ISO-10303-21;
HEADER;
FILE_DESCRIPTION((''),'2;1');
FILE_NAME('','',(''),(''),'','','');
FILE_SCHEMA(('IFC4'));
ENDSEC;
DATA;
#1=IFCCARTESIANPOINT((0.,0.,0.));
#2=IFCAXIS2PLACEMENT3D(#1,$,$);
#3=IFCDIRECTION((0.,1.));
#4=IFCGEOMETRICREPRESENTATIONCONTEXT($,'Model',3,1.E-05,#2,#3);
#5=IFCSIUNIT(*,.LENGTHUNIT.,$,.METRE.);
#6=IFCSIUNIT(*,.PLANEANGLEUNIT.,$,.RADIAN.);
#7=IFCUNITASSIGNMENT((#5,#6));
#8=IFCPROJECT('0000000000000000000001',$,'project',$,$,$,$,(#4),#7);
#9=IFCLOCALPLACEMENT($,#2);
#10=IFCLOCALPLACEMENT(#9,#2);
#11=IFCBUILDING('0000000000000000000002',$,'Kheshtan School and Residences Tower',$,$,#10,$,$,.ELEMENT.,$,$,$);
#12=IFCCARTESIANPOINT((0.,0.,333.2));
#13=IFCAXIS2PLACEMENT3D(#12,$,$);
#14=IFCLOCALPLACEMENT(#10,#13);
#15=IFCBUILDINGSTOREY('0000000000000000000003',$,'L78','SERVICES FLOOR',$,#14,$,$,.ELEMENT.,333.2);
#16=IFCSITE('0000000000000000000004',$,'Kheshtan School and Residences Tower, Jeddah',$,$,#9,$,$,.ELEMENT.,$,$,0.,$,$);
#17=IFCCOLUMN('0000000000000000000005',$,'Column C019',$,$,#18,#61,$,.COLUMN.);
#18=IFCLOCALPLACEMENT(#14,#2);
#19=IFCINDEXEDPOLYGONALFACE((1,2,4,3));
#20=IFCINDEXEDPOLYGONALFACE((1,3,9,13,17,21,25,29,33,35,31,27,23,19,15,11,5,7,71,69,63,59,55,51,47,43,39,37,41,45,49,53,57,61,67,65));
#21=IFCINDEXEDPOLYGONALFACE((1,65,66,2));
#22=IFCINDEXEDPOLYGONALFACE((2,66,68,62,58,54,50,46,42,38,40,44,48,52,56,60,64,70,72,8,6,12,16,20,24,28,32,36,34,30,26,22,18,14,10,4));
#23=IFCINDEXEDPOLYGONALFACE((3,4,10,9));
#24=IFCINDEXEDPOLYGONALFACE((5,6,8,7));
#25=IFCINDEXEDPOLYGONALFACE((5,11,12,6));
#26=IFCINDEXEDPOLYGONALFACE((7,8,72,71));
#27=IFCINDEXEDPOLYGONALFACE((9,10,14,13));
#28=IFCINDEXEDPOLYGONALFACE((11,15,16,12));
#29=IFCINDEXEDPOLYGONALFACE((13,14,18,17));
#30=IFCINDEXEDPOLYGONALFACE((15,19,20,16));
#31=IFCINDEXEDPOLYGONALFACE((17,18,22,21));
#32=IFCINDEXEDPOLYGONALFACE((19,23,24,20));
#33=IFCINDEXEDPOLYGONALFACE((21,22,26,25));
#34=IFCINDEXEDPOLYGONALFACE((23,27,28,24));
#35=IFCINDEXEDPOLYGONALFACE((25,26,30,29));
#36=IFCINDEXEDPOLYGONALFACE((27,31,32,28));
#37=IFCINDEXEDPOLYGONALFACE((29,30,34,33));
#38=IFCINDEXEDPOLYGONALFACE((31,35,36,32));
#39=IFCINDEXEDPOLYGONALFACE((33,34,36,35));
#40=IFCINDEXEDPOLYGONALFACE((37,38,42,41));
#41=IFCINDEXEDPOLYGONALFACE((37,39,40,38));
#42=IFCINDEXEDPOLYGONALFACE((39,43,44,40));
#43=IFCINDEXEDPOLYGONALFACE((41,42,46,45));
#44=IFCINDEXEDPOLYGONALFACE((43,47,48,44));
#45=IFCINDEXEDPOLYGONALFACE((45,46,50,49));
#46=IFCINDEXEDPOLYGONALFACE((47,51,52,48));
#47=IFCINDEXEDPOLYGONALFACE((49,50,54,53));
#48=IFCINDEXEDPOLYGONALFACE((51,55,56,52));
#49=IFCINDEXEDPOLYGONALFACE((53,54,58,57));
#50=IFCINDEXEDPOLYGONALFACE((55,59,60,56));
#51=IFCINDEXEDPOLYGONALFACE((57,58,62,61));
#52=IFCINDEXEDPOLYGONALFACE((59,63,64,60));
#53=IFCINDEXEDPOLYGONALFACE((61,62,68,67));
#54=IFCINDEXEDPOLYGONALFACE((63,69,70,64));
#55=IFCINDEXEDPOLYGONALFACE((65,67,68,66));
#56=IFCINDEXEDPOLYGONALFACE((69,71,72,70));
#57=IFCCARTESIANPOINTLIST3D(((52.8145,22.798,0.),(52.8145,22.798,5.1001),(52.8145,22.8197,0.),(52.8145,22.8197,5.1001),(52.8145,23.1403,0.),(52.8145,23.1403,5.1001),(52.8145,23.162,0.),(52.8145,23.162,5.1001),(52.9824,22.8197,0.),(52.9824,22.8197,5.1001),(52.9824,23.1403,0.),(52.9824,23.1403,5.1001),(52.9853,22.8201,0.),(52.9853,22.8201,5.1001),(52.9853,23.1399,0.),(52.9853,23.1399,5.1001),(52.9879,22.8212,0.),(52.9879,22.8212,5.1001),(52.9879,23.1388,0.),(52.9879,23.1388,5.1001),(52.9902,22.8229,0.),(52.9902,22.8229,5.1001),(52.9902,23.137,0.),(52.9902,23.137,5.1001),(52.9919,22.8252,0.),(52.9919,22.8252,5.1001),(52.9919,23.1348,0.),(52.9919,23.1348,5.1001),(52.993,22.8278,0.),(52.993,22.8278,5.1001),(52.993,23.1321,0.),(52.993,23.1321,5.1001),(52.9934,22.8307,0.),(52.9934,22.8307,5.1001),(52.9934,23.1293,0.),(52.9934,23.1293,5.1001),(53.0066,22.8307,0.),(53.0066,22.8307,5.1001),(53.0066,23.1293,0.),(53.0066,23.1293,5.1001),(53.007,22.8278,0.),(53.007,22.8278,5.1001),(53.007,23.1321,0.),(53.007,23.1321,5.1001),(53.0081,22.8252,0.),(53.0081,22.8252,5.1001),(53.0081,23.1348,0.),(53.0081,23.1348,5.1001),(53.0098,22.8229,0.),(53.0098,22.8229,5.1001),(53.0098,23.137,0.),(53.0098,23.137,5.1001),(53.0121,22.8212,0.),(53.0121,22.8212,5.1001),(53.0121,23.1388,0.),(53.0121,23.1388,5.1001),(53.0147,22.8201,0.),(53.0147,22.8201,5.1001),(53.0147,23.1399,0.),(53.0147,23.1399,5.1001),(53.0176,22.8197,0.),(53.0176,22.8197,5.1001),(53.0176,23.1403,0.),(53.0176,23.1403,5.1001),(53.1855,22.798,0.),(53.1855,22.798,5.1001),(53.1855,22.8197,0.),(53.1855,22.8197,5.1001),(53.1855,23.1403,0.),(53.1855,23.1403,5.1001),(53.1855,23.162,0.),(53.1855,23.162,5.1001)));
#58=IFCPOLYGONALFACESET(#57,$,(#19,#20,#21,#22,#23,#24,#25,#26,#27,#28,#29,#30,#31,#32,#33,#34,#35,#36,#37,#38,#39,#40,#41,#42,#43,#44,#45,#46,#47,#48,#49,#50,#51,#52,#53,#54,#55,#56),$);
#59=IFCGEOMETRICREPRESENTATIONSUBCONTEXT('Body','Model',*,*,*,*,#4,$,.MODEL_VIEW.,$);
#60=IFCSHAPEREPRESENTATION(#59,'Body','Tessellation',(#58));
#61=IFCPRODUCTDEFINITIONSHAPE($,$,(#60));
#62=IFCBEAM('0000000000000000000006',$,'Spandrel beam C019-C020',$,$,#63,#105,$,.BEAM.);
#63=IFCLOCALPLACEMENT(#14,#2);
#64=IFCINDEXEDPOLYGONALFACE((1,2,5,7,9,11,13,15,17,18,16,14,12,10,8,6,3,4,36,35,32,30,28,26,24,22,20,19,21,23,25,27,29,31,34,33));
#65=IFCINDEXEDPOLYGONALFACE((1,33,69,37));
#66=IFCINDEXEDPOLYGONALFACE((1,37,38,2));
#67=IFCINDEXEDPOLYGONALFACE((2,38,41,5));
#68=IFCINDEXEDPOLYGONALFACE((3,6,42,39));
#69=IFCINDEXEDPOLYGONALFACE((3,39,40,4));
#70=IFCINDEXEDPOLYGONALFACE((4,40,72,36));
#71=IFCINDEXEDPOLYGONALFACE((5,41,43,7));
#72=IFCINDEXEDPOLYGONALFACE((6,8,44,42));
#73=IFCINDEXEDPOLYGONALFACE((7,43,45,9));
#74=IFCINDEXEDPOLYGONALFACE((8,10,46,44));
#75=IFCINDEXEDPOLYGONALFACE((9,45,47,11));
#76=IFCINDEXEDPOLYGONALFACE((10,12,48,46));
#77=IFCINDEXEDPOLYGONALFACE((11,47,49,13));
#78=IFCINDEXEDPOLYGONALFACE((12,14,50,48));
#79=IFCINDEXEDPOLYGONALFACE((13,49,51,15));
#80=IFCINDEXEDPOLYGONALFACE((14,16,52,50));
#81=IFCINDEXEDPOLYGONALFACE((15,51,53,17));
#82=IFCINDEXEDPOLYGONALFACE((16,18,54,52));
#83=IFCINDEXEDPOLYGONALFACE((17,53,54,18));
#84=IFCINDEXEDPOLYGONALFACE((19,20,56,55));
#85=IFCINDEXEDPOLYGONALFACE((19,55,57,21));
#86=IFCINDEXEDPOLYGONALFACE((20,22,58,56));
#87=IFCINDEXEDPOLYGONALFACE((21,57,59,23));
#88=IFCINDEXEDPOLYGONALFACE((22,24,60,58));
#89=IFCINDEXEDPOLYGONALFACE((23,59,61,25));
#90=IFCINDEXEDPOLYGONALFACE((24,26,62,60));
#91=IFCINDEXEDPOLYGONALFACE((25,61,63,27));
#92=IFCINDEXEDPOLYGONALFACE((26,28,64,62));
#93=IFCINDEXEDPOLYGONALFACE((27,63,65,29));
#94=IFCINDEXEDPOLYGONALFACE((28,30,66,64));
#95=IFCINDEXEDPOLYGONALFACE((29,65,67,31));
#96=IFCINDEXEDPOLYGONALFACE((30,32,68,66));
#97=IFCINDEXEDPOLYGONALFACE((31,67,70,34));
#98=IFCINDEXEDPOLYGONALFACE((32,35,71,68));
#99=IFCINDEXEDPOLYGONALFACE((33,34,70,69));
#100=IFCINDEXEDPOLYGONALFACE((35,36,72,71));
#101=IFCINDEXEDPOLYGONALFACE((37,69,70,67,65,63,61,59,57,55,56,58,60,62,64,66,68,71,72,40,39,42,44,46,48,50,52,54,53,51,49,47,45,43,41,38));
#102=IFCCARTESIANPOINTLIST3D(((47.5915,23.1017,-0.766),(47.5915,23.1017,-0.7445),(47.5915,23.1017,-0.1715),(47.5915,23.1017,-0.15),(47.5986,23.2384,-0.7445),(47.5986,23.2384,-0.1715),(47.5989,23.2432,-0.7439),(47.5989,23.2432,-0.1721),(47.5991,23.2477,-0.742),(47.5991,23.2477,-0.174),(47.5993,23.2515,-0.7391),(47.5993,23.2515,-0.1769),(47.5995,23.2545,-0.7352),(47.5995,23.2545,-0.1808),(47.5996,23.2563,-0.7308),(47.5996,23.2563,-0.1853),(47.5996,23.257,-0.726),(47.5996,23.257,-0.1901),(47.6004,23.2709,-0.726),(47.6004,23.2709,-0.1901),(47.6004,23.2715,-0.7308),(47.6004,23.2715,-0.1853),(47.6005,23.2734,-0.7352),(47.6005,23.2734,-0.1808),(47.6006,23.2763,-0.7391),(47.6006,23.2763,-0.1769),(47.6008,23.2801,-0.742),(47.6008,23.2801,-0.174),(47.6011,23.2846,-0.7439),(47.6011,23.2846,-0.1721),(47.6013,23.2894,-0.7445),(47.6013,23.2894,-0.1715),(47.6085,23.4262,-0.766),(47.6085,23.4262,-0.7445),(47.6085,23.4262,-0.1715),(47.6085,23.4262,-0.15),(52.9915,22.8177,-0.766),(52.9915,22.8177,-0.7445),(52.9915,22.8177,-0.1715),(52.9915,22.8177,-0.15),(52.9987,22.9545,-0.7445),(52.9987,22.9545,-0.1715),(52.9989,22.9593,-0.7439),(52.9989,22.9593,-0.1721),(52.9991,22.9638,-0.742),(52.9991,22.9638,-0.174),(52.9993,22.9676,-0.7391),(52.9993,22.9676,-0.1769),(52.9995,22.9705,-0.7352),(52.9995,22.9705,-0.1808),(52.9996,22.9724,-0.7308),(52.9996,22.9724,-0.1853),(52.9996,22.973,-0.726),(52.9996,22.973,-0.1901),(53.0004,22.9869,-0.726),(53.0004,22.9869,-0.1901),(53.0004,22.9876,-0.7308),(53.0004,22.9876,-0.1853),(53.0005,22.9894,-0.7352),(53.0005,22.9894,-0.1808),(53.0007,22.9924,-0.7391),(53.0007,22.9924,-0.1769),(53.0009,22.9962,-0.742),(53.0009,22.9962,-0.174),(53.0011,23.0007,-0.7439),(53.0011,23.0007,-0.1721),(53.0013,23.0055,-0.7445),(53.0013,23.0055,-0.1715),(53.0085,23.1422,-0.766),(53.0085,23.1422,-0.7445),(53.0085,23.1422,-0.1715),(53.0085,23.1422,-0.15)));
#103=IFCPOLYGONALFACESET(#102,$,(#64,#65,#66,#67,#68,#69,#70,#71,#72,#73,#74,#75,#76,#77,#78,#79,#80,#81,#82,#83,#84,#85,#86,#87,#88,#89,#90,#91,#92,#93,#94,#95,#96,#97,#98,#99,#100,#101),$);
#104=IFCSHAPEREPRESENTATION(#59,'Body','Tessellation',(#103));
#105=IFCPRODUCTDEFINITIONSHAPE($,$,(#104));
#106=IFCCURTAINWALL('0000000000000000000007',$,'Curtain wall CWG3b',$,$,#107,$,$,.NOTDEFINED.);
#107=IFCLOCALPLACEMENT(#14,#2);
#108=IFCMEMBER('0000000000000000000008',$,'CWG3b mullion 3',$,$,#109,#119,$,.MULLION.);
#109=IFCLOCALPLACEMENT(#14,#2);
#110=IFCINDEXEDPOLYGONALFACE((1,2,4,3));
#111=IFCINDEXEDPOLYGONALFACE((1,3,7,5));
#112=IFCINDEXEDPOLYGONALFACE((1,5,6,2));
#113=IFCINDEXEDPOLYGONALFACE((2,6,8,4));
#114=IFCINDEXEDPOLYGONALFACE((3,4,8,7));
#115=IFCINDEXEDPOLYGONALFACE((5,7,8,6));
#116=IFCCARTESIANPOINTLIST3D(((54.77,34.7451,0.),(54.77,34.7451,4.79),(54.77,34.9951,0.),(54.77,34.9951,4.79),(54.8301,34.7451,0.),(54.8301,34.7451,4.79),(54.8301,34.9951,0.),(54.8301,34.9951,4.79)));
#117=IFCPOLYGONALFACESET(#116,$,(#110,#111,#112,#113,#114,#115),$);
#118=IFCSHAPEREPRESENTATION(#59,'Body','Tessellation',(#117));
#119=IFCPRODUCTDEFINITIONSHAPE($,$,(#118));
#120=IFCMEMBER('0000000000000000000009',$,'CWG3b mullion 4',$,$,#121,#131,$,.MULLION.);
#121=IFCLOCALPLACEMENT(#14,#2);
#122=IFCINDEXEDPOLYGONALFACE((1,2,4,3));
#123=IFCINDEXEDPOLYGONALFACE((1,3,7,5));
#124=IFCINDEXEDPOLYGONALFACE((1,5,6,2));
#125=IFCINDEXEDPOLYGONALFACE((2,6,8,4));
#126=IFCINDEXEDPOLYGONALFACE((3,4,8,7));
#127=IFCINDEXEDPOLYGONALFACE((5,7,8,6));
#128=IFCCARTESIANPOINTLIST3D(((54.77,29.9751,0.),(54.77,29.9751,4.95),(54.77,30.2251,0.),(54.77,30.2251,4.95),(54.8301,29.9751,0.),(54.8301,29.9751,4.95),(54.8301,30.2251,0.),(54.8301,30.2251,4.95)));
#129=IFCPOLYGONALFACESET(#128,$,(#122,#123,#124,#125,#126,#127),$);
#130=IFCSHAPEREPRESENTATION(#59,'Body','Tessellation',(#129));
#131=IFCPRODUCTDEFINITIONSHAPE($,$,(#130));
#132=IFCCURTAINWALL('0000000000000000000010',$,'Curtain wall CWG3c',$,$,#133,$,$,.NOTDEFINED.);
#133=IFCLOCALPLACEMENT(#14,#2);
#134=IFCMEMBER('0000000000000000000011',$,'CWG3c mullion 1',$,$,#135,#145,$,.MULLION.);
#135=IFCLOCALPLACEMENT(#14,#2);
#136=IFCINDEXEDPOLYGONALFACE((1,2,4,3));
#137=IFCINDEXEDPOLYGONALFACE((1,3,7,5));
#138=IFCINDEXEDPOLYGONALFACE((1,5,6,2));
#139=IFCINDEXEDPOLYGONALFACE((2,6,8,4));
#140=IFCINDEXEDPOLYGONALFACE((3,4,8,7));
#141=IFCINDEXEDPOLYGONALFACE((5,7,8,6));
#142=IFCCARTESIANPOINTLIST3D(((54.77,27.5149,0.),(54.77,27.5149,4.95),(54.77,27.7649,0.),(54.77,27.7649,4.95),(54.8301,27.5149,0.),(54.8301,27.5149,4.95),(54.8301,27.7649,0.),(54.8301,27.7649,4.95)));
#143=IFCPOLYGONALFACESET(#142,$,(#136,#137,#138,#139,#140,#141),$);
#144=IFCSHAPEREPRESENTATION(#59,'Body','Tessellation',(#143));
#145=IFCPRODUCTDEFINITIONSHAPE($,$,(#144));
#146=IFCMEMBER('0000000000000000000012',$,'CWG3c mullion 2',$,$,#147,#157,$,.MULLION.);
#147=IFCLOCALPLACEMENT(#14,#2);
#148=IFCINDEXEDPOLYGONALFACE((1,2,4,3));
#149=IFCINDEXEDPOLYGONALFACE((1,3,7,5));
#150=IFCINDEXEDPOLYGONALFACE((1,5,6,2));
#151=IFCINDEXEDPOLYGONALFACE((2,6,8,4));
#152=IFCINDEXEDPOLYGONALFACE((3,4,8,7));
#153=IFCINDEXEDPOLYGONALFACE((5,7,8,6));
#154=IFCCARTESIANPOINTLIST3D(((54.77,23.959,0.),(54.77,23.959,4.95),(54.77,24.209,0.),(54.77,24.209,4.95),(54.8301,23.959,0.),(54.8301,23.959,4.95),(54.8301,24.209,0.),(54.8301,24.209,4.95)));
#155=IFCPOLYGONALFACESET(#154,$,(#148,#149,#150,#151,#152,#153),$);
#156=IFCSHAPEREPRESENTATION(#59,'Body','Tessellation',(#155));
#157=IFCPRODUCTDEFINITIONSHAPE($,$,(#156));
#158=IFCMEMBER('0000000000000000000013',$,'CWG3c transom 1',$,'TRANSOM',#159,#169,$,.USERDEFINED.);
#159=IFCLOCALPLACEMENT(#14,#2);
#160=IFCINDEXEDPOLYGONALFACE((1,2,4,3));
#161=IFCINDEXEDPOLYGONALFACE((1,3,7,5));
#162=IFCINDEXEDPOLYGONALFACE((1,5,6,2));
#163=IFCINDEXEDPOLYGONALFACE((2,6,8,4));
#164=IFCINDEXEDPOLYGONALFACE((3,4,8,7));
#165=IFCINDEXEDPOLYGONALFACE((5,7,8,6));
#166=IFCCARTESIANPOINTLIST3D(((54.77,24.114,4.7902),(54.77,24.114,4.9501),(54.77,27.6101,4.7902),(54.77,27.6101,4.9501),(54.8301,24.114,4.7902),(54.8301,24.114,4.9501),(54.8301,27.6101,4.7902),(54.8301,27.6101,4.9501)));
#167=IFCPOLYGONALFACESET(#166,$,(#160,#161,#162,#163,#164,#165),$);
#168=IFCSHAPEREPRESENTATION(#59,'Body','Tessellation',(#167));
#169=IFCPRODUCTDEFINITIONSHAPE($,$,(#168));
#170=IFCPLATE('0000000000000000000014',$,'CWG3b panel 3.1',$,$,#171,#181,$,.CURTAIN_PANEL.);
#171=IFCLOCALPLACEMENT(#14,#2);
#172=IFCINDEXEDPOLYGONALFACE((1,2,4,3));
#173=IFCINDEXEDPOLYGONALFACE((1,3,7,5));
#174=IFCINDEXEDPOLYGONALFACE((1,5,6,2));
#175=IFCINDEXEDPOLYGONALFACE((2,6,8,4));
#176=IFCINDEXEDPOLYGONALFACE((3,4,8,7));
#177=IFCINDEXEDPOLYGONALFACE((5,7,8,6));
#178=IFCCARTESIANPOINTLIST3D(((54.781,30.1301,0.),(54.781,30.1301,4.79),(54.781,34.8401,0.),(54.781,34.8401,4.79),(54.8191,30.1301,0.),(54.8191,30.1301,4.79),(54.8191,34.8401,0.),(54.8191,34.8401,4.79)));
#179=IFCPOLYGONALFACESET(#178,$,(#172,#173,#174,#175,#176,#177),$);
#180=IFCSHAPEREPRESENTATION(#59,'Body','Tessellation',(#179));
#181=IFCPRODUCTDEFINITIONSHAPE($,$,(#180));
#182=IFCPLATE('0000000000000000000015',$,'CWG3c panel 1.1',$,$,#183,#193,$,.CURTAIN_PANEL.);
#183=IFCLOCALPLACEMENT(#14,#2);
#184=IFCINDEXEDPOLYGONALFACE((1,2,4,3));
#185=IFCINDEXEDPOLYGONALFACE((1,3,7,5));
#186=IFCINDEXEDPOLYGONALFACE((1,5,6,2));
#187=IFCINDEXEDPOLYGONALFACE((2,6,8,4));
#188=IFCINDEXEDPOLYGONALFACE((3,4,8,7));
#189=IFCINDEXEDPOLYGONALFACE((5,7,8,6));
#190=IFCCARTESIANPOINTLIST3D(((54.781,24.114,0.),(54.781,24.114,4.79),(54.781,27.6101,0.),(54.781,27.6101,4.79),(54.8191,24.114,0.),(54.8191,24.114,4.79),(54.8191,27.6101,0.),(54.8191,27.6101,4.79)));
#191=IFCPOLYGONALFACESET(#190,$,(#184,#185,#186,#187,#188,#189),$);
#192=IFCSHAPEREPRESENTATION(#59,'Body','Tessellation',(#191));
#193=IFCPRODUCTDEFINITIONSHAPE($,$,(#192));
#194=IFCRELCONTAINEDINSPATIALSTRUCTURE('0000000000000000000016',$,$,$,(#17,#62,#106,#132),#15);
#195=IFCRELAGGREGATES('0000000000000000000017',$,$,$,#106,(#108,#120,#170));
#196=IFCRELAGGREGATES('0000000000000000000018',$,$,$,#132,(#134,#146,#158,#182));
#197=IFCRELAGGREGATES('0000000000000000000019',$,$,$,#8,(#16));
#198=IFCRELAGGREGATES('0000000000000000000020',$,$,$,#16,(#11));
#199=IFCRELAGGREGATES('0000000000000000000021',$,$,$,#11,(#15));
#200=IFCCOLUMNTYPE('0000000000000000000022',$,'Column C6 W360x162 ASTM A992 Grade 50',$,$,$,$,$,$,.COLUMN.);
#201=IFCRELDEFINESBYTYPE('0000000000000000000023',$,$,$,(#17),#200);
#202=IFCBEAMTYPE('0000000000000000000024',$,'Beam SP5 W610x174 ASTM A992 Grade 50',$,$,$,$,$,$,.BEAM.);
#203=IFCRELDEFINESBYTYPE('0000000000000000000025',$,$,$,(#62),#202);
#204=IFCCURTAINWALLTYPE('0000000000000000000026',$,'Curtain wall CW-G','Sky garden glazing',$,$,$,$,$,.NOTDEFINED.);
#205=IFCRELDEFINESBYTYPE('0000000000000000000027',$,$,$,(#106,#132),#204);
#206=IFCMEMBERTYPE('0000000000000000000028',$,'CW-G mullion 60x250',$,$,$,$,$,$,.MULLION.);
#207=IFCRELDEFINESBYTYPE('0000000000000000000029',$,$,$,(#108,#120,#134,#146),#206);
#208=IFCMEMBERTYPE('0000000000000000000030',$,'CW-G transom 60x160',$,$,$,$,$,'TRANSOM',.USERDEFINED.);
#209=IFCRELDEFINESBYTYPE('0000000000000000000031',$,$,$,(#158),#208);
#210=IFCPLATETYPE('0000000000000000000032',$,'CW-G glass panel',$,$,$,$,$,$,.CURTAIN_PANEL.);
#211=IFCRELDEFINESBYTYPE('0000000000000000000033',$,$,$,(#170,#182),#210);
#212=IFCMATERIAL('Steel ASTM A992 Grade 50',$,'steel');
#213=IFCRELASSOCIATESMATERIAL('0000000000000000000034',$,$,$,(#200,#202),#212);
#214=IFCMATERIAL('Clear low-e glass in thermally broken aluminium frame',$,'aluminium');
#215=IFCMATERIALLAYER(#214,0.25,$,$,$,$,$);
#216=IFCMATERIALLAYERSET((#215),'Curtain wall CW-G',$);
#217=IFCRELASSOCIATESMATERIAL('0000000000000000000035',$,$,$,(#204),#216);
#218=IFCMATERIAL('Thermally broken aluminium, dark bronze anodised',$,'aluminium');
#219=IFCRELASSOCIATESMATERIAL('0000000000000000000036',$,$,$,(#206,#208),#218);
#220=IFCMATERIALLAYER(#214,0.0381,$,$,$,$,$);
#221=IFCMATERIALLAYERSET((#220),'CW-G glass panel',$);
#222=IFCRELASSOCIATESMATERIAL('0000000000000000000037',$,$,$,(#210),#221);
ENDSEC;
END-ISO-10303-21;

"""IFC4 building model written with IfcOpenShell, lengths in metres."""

from ifc_helpers import new_model, si_unit, direction, frame, origin, origin_2d, place, context, subcontext, project, spatial, rectangle, i_section, extrude, material, layer, layer_set, material_profile, profile_set, type_object, element, aggregate, save


model = new_model("IFC4")

# Units and contexts
model_context = context("Model", 3, precision=1e-05, world=origin(), true_north=direction((0.0, 1.0)))
body_context = subcontext(model_context, "Body", "Model", "MODEL_VIEW")
ifc_project = project(units=[si_unit("LENGTHUNIT", "METRE"), si_unit("PLANEANGLEUNIT", "RADIAN")], contexts=[model_context])

# Site, building, storey
site_placement = place(None, origin())
site = spatial("IfcSite", under=ifc_project, at=site_placement, Name="Kheshtan School and Residences Tower, Jeddah", CompositionType="ELEMENT", RefElevation=0.0)
building_placement = place(site_placement, origin())
building = spatial("IfcBuilding", under=site, at=building_placement, Name="Kheshtan School and Residences Tower", CompositionType="ELEMENT")
storey_placement = place(building_placement, frame((0.0, 0.0, 333.2)))
storey = spatial("IfcBuildingStorey", under=building, at=storey_placement, Name="L78", Description="SERVICES FLOOR", CompositionType="ELEMENT", Elevation=333.2)

# Column
ifc_material_1 = material(Name="Steel ASTM A992 Grade 50", Category="steel")
ifc_material_profile_1 = material_profile(ifc_material_1, i_section(OverallWidth=0.3711, OverallDepth=0.364, WebThickness=0.0132, FlangeThickness=0.0217, FilletRadius=0.011, at=origin_2d()), Name="W360x162")
ifc_profile_set_1 = profile_set([ifc_material_profile_1], Name="Steel ASTM A992 Grade 50")
column_type = type_object("IfcColumnType", Name="Column C6 W360x162 ASTM A992 Grade 50", PredefinedType="COLUMN", material=ifc_profile_set_1)
column_placement = place(storey_placement, frame((53.0, 22.98, 0.0), z_axis=(0.0, 0.0, 1.0), x_axis=(1.0, 0.0, 0.0)))
element("IfcColumn", 1, at=column_placement, inside=storey, type_object=column_type, Name="Column C019", PredefinedType="COLUMN", context=body_context, shape_type="SweptSolid", body=[
    extrude(i_section(OverallWidth=0.3711, OverallDepth=0.364, WebThickness=0.0132, FlangeThickness=0.0217, FilletRadius=0.011, at=origin_2d()), origin(), (0.0, 0.0, 1.0), 5.1001),
])

# Beam
ifc_material_profile_2 = material_profile(ifc_material_1, i_section(OverallWidth=0.325, OverallDepth=0.616, WebThickness=0.0139, FlangeThickness=0.0215, FilletRadius=0.0186, at=origin_2d()), Name="W610x174")
ifc_profile_set_2 = profile_set([ifc_material_profile_2], Name="Steel ASTM A992 Grade 50")
beam_type = type_object("IfcBeamType", Name="Beam SP5 W610x174 ASTM A992 Grade 50", PredefinedType="BEAM", material=ifc_profile_set_2)
beam_placement = place(storey_placement, frame((53.0, 22.98, -0.458), z_axis=(-0.99862, 0.052509, 0.0), x_axis=(-0.052509, -0.99862, 0.0)))
element("IfcBeam", 2, at=beam_placement, inside=storey, type_object=beam_type, Name="Spandrel beam C019-C020", PredefinedType="BEAM", context=body_context, shape_type="SweptSolid", body=[
    extrude(i_section(OverallWidth=0.325, OverallDepth=0.616, WebThickness=0.0139, FlangeThickness=0.0215, FilletRadius=0.0186, at=origin_2d()), origin(), (0.0, 0.0, 1.0), 5.4075),
])

# Curtain walls, members
ifc_material_2 = material(Name="Clear low-e glass in thermally broken aluminium frame", Category="aluminium")
ifc_layer_1 = layer(ifc_material_2, 0.25)
ifc_layer_set_1 = layer_set([ifc_layer_1], Name="Curtain wall CW-G")
curtain_wall_type = type_object("IfcCurtainWallType", Name="Curtain wall CW-G", Description="Sky garden glazing", PredefinedType="NOTDEFINED", material=ifc_layer_set_1)
curtain_wall_1_placement = place(storey_placement, origin())
curtain_wall_1 = element("IfcCurtainWall", 3, at=curtain_wall_1_placement, inside=storey, type_object=curtain_wall_type, Name="Curtain wall CWG3b", PredefinedType="NOTDEFINED")
ifc_material_3 = material(Name="Thermally broken aluminium, dark bronze anodised", Category="aluminium")
ifc_material_profile_3 = material_profile(ifc_material_3, rectangle(XDim=0.0601, YDim=0.25, at=origin_2d()), Name="CW-G mullion 60x250")
ifc_profile_set_3 = profile_set([ifc_material_profile_3], Name="Thermally broken aluminium, dark bronze anodised")
member_type_1 = type_object("IfcMemberType", Name="CW-G mullion 60x250", PredefinedType="MULLION", material=ifc_profile_set_3)
member_1_placement = place(storey_placement, frame((54.8, 34.8701, 0.0), z_axis=(0.0, 0.0, 1.0), x_axis=(1.0, 0.0, 0.0)))
member_1 = element("IfcMember", 4, at=member_1_placement, type_object=member_type_1, Name="CWG3b mullion 3", PredefinedType="MULLION", context=body_context, shape_type="SweptSolid", body=[
    extrude(rectangle(XDim=0.0601, YDim=0.25, at=origin_2d()), origin(), (0.0, 0.0, 1.0), 4.79),
])
member_2_placement = place(storey_placement, frame((54.8, 30.1001, 0.0), z_axis=(0.0, 0.0, 1.0), x_axis=(1.0, 0.0, 0.0)))
member_2 = element("IfcMember", 5, at=member_2_placement, type_object=member_type_1, Name="CWG3b mullion 4", PredefinedType="MULLION", context=body_context, shape_type="SweptSolid", body=[
    extrude(rectangle(XDim=0.0601, YDim=0.25, at=origin_2d()), origin(), (0.0, 0.0, 1.0), 4.95),
])
curtain_wall_2_placement = place(storey_placement, origin())
curtain_wall_2 = element("IfcCurtainWall", 6, at=curtain_wall_2_placement, inside=storey, type_object=curtain_wall_type, Name="Curtain wall CWG3c", PredefinedType="NOTDEFINED")
member_3_placement = place(storey_placement, frame((54.8, 27.6399, 0.0), z_axis=(0.0, 0.0, 1.0), x_axis=(1.0, 0.0, 0.0)))
member_3 = element("IfcMember", 7, at=member_3_placement, type_object=member_type_1, Name="CWG3c mullion 1", PredefinedType="MULLION", context=body_context, shape_type="SweptSolid", body=[
    extrude(rectangle(XDim=0.0601, YDim=0.25, at=origin_2d()), origin(), (0.0, 0.0, 1.0), 4.95),
])
member_4_placement = place(storey_placement, frame((54.8, 24.084, 0.0), z_axis=(0.0, 0.0, 1.0), x_axis=(1.0, 0.0, 0.0)))
member_4 = element("IfcMember", 8, at=member_4_placement, type_object=member_type_1, Name="CWG3c mullion 2", PredefinedType="MULLION", context=body_context, shape_type="SweptSolid", body=[
    extrude(rectangle(XDim=0.0601, YDim=0.25, at=origin_2d()), origin(), (0.0, 0.0, 1.0), 4.95),
])
ifc_material_profile_4 = material_profile(ifc_material_3, rectangle(XDim=0.0601, YDim=0.1599, at=origin_2d()), Name="CW-G transom 60x160")
ifc_profile_set_4 = profile_set([ifc_material_profile_4], Name="Thermally broken aluminium, dark bronze anodised")
member_type_2 = type_object("IfcMemberType", Name="CW-G transom 60x160", ElementType="TRANSOM", PredefinedType="USERDEFINED", material=ifc_profile_set_4)
member_5_placement = place(storey_placement, frame((54.8, 27.6101, 4.8701), z_axis=(0.0, -1.0, 0.0), x_axis=(1.0, 0.0, 0.0)))
member_5 = element("IfcMember", 9, at=member_5_placement, type_object=member_type_2, Name="CWG3c transom 1", ObjectType="TRANSOM", PredefinedType="USERDEFINED", context=body_context, shape_type="SweptSolid", body=[
    extrude(rectangle(XDim=0.0601, YDim=0.1599, at=origin_2d()), origin(), (0.0, 0.0, 1.0), 3.4961),
])

# Plates
ifc_layer_2 = layer(ifc_material_2, 0.0381)
ifc_layer_set_2 = layer_set([ifc_layer_2], Name="CW-G glass panel")
plate_type_1 = type_object("IfcPlateType", Name="CW-G glass panel", PredefinedType="CURTAIN_PANEL", material=ifc_layer_set_2)
plate_1_placement = place(storey_placement, frame((54.8, 32.4851, 0.0), z_axis=(0.0, 0.0, 1.0), x_axis=(0.0, -1.0, 0.0)))
plate_1 = element("IfcPlate", 10, at=plate_1_placement, type_object=plate_type_1, Name="CWG3b panel 3.1", PredefinedType="CURTAIN_PANEL", context=body_context, shape_type="SweptSolid", body=[
    extrude(rectangle(XDim=4.71, YDim=0.0381, at=origin_2d()), origin(), (0.0, 0.0, 1.0), 4.79),
])
aggregate(curtain_wall_1, [member_1, member_2, plate_1])
plate_2_placement = place(storey_placement, frame((54.8, 25.8621, 0.0), z_axis=(0.0, 0.0, 1.0), x_axis=(0.0, -1.0, 0.0)))
plate_2 = element("IfcPlate", 11, at=plate_2_placement, type_object=plate_type_1, Name="CWG3c panel 1.1", PredefinedType="CURTAIN_PANEL", context=body_context, shape_type="SweptSolid", body=[
    extrude(rectangle(XDim=3.4961, YDim=0.0381, at=origin_2d()), origin(), (0.0, 0.0, 1.0), 4.79),
])
aggregate(curtain_wall_2, [member_3, member_4, member_5, plate_2])

save(model, "model.ifc")
